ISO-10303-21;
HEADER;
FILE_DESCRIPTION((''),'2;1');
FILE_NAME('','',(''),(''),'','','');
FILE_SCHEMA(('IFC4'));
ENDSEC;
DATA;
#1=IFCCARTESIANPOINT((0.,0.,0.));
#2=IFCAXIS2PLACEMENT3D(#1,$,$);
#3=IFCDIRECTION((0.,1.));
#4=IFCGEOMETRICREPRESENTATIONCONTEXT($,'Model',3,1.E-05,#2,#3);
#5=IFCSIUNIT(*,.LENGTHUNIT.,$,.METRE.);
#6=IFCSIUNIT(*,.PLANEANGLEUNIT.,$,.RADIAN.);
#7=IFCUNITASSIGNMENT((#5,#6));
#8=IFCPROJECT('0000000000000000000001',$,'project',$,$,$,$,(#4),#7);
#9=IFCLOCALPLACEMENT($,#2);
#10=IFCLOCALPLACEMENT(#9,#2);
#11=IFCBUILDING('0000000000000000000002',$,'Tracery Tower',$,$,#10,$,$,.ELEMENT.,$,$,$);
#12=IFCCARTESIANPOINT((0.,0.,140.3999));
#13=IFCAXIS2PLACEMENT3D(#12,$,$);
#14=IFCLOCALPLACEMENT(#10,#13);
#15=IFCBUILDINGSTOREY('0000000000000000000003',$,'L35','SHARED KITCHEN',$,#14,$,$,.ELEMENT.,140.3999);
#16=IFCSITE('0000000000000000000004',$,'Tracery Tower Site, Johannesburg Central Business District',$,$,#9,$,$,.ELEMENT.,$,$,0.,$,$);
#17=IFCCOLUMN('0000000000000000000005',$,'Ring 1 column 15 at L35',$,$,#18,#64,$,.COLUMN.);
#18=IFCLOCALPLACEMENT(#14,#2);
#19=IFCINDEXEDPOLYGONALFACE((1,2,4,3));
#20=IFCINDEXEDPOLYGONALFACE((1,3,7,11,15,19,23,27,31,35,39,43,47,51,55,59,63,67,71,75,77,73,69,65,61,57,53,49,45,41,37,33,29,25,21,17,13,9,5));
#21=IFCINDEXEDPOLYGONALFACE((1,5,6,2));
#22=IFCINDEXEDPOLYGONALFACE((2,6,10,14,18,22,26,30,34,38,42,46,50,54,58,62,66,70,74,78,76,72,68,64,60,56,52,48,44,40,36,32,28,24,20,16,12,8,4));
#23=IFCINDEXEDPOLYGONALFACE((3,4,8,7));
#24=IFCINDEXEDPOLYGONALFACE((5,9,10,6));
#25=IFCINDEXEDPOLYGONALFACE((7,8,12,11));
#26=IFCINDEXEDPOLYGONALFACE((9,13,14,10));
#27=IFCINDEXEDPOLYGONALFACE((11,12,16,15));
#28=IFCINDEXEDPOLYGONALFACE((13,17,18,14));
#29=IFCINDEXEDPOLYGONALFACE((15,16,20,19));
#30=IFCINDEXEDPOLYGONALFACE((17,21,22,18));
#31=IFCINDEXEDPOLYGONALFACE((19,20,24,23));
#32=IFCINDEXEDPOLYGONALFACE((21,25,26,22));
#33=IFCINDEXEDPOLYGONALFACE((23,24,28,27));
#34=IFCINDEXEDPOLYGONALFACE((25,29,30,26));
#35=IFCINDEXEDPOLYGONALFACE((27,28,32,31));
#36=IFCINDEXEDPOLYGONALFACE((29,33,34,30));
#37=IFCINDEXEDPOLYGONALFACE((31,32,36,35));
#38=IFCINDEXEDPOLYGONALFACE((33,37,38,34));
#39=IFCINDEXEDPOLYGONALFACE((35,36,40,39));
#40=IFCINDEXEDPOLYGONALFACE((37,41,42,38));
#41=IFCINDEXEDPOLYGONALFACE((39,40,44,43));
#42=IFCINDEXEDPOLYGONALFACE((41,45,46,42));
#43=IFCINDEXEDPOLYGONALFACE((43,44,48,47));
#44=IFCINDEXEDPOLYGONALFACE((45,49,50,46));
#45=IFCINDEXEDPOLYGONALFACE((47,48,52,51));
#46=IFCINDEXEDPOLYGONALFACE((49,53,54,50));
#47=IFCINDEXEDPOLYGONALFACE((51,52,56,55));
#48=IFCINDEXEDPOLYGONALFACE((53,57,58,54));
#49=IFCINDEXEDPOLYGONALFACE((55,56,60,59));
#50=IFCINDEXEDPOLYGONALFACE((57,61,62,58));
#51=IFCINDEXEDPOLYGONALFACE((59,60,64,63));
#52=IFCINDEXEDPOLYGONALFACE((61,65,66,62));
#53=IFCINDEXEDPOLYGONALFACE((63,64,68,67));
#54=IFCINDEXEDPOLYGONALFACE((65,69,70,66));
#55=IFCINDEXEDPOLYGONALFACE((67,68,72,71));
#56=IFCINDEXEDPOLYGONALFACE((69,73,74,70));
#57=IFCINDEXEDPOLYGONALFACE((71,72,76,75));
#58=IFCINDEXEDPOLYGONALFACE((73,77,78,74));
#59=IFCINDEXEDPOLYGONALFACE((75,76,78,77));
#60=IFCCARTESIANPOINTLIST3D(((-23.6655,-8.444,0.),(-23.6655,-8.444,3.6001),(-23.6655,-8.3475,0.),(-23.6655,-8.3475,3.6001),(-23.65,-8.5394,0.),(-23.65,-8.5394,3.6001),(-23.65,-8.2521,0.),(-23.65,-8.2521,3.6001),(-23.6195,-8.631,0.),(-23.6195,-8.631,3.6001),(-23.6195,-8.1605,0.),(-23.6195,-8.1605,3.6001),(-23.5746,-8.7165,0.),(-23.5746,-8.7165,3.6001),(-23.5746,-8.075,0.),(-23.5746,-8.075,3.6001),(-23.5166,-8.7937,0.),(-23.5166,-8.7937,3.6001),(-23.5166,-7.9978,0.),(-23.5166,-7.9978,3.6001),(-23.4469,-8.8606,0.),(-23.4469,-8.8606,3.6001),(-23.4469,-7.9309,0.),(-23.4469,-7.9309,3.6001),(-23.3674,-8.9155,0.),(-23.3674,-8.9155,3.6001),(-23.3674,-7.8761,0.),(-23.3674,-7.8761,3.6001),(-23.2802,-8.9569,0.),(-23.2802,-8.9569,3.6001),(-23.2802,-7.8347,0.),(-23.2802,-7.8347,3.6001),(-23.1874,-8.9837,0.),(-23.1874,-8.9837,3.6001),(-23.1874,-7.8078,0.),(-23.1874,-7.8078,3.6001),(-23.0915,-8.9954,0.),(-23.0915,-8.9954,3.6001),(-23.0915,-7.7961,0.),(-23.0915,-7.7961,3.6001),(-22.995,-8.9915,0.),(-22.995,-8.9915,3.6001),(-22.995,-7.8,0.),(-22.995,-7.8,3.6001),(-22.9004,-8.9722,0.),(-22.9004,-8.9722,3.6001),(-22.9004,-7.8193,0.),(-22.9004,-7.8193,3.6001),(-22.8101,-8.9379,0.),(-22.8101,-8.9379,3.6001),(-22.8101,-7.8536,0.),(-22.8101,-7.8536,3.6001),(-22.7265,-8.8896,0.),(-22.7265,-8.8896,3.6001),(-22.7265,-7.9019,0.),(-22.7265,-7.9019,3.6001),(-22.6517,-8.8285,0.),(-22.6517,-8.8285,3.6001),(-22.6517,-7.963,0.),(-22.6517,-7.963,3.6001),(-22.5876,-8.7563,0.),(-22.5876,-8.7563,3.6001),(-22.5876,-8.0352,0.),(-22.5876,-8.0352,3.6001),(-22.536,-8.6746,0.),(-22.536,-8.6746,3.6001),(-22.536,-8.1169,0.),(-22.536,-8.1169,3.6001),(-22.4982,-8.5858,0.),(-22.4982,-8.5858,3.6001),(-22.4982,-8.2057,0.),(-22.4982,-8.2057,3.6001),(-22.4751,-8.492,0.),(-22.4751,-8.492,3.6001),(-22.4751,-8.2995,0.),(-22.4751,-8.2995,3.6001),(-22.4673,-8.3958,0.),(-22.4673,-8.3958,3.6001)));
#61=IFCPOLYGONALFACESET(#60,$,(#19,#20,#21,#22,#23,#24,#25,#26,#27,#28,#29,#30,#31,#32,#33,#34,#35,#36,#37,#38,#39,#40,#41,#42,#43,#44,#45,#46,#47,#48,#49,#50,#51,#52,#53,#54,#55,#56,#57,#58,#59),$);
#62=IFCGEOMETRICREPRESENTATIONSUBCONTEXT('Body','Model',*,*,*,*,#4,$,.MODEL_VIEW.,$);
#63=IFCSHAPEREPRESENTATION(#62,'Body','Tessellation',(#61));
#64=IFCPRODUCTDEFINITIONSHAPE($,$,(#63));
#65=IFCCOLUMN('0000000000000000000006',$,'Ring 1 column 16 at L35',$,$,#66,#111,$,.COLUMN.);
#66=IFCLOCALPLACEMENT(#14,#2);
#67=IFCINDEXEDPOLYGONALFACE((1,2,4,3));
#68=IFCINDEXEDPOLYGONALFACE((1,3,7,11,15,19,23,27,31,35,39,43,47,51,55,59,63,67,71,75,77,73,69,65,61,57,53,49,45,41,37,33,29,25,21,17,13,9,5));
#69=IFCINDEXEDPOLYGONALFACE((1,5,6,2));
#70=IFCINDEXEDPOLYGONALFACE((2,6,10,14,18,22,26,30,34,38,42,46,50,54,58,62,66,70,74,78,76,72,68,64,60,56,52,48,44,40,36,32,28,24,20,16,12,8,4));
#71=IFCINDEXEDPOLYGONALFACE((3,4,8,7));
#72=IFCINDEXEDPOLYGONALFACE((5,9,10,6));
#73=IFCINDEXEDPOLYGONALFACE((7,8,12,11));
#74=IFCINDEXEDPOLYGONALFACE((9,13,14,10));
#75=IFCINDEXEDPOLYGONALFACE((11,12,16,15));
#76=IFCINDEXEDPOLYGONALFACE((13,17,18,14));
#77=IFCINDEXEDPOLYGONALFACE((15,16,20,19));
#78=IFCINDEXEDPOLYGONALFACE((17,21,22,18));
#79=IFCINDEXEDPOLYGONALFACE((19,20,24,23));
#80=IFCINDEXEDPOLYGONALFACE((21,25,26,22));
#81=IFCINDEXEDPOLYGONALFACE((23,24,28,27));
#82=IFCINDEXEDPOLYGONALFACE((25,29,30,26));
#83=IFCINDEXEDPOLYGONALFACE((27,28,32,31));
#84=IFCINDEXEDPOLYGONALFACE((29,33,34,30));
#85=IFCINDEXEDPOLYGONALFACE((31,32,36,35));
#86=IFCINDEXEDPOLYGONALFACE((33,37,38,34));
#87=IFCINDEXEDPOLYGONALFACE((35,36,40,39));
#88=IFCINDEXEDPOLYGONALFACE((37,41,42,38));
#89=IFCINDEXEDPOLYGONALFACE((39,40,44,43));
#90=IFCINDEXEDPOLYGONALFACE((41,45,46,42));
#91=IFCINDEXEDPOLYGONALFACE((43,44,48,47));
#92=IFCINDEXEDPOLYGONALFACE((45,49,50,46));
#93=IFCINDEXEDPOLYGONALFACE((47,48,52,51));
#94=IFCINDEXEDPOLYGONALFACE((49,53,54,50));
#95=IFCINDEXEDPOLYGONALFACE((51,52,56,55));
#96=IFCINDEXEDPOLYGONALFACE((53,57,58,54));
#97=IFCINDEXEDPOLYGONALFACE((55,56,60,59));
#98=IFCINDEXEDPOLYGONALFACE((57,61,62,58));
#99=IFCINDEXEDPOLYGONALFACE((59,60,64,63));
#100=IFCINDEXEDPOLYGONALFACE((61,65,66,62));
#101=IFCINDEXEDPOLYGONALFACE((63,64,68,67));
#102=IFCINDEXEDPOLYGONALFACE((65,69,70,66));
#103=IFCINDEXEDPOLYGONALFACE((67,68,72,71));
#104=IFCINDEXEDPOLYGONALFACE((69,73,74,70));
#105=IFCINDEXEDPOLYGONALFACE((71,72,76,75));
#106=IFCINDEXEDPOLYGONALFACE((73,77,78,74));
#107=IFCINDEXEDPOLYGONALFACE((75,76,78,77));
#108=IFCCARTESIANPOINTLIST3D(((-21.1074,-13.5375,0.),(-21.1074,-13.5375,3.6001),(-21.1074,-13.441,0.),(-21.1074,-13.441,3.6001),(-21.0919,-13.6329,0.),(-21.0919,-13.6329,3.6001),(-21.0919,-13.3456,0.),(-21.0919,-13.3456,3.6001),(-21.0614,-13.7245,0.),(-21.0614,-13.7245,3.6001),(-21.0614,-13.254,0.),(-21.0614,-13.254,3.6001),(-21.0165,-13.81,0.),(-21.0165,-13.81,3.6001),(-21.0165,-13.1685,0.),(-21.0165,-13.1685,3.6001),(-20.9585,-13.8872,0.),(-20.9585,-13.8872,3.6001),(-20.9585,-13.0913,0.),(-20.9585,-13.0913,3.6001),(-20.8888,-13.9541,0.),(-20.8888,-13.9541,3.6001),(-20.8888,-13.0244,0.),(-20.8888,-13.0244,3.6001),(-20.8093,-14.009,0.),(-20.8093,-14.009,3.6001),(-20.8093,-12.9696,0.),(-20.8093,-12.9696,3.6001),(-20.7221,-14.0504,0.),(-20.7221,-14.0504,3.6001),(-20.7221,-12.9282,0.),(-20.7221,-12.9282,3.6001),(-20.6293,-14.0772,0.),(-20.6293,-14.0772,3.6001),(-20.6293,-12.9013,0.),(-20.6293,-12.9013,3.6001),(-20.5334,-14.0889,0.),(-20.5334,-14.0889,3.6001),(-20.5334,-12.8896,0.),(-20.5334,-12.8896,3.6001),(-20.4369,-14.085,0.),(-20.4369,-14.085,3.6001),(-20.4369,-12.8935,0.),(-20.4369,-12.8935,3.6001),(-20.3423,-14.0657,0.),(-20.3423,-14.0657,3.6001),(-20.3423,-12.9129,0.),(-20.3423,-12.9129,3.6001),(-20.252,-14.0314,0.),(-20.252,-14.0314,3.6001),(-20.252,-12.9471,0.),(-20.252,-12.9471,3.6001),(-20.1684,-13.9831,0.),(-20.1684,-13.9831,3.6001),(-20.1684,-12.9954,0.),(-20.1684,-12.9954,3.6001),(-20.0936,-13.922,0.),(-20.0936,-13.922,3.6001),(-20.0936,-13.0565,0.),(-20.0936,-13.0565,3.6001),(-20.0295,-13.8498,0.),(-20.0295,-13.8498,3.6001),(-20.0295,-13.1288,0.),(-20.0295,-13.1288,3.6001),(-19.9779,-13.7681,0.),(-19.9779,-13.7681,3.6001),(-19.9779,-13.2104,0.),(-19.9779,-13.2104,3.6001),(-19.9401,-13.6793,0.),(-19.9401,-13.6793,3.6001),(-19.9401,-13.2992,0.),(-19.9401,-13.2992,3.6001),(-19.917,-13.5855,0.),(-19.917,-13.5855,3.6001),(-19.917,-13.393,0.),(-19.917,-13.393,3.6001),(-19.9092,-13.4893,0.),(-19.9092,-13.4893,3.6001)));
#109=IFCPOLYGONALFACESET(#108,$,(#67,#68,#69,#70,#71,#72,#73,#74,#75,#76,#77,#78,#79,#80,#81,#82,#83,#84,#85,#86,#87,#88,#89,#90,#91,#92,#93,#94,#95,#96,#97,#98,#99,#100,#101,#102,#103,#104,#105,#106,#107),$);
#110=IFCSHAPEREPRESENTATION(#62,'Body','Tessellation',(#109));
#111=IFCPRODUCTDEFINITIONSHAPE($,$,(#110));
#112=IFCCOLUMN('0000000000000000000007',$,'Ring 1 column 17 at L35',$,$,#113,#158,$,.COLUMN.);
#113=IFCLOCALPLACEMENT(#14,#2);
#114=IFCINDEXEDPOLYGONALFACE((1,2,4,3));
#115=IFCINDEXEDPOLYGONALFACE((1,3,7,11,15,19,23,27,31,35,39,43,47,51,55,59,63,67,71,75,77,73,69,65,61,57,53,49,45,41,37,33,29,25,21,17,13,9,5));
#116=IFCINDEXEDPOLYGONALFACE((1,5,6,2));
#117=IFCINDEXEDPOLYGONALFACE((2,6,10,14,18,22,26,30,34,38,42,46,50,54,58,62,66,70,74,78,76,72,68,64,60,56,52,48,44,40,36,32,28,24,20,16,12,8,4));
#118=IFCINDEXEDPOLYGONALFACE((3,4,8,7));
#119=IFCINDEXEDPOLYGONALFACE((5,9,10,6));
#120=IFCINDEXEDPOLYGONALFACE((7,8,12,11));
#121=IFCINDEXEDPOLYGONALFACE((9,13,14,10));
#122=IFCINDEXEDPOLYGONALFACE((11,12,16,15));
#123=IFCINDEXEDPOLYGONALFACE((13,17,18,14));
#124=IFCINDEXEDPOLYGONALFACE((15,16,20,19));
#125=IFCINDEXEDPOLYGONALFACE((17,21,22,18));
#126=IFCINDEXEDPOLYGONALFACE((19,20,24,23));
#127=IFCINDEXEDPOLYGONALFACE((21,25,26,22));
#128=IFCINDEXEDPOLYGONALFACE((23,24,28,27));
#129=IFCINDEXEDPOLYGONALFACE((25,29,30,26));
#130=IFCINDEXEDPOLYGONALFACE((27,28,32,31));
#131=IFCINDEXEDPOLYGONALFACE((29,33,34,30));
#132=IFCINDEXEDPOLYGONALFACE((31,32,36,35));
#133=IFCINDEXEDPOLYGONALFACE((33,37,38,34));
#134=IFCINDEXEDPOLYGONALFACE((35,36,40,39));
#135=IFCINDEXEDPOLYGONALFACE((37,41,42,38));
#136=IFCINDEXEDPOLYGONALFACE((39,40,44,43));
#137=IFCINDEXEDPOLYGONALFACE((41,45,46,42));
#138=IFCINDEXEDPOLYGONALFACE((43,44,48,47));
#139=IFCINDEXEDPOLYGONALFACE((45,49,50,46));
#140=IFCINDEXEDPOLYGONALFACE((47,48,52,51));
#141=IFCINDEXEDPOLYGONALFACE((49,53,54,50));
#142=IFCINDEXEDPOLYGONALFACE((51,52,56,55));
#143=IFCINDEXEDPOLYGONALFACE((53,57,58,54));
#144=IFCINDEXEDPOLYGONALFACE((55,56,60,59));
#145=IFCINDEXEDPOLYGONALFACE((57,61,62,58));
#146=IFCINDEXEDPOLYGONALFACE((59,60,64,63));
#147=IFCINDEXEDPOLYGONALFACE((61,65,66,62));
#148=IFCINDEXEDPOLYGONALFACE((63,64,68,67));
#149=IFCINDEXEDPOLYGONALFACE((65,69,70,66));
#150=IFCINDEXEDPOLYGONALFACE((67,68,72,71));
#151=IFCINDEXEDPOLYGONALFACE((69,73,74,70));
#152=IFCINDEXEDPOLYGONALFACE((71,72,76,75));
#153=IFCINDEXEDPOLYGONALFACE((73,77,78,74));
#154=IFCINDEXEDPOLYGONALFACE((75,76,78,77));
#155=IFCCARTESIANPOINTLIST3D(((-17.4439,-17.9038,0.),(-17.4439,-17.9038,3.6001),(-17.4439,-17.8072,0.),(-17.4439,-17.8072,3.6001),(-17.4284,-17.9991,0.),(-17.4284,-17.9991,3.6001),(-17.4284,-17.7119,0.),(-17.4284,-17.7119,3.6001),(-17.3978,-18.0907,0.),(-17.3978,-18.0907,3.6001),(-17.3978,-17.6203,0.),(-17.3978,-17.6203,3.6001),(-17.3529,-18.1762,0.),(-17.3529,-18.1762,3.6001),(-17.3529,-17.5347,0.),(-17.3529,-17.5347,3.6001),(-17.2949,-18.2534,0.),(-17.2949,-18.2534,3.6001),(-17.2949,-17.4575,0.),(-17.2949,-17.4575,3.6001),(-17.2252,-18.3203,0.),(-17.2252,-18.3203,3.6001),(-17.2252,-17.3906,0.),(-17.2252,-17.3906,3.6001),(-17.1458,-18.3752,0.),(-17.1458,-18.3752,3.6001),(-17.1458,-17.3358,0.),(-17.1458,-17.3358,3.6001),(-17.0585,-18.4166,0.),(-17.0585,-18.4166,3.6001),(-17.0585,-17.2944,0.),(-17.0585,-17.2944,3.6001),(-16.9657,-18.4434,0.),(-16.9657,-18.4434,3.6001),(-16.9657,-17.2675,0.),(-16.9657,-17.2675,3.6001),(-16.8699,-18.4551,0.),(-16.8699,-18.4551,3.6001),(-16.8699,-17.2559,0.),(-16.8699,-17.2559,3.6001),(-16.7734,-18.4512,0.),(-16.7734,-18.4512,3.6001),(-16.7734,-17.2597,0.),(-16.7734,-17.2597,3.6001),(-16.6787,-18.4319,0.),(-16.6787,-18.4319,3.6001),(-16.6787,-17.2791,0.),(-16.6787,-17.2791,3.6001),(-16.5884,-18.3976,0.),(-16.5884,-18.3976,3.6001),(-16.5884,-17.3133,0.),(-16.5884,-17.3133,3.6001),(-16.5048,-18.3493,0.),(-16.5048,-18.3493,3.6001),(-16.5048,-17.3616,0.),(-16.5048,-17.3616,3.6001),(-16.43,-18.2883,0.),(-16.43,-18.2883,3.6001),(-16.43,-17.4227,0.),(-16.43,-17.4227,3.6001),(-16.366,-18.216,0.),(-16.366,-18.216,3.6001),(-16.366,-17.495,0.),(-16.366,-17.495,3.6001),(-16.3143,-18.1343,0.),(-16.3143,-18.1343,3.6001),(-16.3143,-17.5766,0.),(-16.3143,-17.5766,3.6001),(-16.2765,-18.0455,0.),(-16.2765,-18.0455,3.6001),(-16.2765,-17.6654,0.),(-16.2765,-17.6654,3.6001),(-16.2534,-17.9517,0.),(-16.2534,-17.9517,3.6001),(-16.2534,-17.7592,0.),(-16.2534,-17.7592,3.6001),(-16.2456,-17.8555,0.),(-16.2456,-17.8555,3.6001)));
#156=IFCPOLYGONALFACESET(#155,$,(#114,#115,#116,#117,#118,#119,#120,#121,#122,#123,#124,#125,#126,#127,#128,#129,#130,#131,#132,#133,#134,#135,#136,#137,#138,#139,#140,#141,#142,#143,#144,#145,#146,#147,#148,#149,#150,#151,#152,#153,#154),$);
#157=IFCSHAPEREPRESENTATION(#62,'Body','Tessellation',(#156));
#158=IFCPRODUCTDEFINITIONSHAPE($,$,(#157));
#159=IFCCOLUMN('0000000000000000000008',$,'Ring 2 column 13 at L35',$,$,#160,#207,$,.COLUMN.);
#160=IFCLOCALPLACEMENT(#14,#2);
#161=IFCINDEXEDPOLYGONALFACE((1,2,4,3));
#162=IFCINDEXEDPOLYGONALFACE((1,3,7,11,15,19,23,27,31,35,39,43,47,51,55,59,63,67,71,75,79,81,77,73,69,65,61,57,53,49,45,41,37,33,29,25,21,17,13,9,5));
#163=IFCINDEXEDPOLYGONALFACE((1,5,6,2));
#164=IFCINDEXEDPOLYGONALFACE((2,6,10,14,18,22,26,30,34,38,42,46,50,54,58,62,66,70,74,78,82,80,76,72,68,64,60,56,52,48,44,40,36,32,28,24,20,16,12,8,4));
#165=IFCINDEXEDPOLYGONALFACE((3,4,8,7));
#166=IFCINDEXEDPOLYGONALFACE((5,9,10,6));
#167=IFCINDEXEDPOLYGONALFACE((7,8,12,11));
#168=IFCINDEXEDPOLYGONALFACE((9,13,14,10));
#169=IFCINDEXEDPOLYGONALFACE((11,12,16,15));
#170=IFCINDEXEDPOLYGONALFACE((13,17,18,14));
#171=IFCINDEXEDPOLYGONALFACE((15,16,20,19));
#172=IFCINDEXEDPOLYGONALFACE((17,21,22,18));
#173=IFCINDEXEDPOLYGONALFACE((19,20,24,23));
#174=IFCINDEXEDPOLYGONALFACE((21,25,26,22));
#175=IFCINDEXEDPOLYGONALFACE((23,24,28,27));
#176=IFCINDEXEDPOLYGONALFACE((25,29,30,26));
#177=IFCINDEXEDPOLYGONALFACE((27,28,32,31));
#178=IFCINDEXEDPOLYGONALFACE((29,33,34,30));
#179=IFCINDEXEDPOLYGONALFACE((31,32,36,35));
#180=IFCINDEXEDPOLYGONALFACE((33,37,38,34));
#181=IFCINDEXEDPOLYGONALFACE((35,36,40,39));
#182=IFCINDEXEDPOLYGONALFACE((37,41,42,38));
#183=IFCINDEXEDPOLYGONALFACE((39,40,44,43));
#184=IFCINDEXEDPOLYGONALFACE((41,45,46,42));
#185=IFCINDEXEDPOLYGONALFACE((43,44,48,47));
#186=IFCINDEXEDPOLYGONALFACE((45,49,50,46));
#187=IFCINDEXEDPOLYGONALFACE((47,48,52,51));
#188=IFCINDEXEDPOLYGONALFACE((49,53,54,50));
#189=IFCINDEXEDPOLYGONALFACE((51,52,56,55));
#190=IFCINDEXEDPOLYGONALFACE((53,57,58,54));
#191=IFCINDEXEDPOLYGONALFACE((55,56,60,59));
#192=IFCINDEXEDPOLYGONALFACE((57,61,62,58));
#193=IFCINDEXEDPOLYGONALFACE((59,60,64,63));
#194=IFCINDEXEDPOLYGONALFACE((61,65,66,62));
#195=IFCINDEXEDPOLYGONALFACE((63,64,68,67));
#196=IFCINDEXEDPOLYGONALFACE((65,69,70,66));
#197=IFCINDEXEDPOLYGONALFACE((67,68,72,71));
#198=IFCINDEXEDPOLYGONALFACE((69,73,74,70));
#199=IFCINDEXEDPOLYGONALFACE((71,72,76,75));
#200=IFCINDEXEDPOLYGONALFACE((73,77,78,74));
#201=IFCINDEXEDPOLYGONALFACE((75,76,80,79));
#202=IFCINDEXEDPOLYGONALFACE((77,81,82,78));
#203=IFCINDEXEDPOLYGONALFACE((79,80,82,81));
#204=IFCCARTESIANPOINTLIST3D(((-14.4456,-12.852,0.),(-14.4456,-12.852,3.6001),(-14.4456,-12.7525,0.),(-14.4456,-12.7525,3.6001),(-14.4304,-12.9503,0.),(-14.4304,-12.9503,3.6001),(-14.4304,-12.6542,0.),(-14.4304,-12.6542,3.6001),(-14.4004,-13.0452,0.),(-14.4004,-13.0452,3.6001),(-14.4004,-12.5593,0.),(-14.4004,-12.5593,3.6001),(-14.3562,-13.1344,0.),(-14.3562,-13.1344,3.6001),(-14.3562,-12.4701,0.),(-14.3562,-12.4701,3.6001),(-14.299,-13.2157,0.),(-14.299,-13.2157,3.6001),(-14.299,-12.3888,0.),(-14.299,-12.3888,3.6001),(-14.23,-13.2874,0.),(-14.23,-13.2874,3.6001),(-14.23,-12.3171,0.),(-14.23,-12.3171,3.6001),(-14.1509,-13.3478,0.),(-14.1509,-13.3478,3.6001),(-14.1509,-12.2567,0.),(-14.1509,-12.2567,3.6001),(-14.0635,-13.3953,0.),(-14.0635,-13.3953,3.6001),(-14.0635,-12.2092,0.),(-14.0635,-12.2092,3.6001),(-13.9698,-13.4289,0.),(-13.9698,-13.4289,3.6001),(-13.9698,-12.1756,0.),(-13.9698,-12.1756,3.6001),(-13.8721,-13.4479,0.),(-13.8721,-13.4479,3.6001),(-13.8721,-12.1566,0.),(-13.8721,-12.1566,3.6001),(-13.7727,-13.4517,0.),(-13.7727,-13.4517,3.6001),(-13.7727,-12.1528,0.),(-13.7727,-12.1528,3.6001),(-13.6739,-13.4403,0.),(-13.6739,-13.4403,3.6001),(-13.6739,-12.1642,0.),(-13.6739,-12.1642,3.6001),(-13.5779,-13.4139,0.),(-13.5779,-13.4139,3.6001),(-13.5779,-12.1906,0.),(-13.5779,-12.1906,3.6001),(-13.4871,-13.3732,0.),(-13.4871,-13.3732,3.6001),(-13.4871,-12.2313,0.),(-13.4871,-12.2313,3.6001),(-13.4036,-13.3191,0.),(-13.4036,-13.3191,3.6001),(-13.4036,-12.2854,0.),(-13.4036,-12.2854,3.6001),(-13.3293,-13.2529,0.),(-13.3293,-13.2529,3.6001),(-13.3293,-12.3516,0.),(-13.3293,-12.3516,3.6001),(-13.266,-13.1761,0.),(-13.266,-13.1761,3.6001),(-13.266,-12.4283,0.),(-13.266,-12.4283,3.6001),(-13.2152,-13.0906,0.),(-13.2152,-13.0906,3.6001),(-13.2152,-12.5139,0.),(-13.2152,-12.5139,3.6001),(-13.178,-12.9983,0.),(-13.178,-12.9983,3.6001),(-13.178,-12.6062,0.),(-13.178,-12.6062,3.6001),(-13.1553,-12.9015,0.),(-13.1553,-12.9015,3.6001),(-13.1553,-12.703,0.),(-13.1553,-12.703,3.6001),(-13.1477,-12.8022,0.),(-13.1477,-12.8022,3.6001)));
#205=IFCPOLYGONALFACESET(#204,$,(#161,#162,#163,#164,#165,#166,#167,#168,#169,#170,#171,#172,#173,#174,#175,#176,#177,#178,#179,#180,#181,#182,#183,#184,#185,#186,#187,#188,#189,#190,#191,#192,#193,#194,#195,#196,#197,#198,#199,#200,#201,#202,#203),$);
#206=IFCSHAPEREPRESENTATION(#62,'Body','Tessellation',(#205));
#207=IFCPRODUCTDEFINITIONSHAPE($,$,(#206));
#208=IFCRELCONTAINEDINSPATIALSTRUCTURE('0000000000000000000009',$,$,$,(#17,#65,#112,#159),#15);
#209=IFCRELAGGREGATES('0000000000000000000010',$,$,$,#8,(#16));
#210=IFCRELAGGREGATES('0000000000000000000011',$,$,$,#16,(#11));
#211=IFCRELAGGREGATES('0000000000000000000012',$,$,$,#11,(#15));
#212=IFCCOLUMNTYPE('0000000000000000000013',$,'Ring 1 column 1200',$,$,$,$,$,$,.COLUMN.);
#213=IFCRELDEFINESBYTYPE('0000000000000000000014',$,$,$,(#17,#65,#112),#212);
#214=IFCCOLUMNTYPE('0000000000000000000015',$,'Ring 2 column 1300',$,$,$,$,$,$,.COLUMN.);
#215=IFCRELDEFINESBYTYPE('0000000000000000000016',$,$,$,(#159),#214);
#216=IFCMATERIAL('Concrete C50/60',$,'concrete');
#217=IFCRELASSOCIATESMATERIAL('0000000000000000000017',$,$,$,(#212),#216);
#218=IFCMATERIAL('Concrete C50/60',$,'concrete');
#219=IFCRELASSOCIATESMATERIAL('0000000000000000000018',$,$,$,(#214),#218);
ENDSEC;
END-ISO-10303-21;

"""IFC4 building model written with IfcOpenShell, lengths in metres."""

from ifc_helpers import new_model, si_unit, direction, frame, origin, origin_2d, place, context, subcontext, project, spatial, circle, extrude, material, material_profile, profile_set, type_object, element, save


model = new_model("IFC4")

# Units and contexts
model_context = context("Model", 3, precision=1e-05, world=origin(), true_north=direction((0.0, 1.0)))
body_context = subcontext(model_context, "Body", "Model", "MODEL_VIEW")
ifc_project = project(units=[si_unit("LENGTHUNIT", "METRE"), si_unit("PLANEANGLEUNIT", "RADIAN")], contexts=[model_context])

# Site, building, storey
site_placement = place(None, origin())
site = spatial("IfcSite", under=ifc_project, at=site_placement, Name="Tracery Tower Site, Johannesburg Central Business District", CompositionType="ELEMENT", RefElevation=0.0)
building_placement = place(site_placement, origin())
building = spatial("IfcBuilding", under=site, at=building_placement, Name="Tracery Tower", CompositionType="ELEMENT")
storey_placement = place(building_placement, frame((0.0, 0.0, 140.3999)))
storey = spatial("IfcBuildingStorey", under=building, at=storey_placement, Name="L35", Description="SHARED KITCHEN", CompositionType="ELEMENT", Elevation=140.3999)

# Columns
ifc_material_1 = material(Name="Concrete C50/60", Category="concrete")
ifc_material_profile_1 = material_profile(ifc_material_1, circle(Radius=0.6001, at=origin_2d()), Name="RC D1200")
ifc_profile_set_1 = profile_set([ifc_material_profile_1], Name="Concrete C50/60")
column_type_1 = type_object("IfcColumnType", Name="Ring 1 column 1200", PredefinedType="COLUMN", material=ifc_profile_set_1)
for number, where, z_axis, x_axis, name in (
    (1, (-23.0674, -8.3958, 0.0), (0.0, 0.0, 1.0), (1.0, 0.0, 0.0), "Ring 1 column 15 at L35"),
    (2, (-20.5093, -13.4893, 0.0), (0.0, 0.0, 1.0), (1.0, 0.0, 0.0), "Ring 1 column 16 at L35"),
    (3, (-16.8457, -17.8555, 0.0), (0.0, 0.0, 1.0), (1.0, 0.0, 0.0), "Ring 1 column 17 at L35"),
):
    element("IfcColumn", number, at=place(storey_placement, frame(where, z_axis=z_axis, x_axis=x_axis)), inside=storey, type_object=column_type_1, Name=name, PredefinedType="COLUMN", context=body_context, shape_type="SweptSolid", body=[
        extrude(circle(Radius=0.6001, at=origin_2d()), origin(), (0.0, 0.0, 1.0), 3.6001),
    ])
ifc_material_2 = material(Name="Concrete C50/60", Category="concrete")
ifc_material_profile_2 = material_profile(ifc_material_2, circle(Radius=0.6499, at=origin_2d()), Name="RC D1300")
ifc_profile_set_2 = profile_set([ifc_material_profile_2], Name="Concrete C50/60")
column_type_2 = type_object("IfcColumnType", Name="Ring 2 column 1300", PredefinedType="COLUMN", material=ifc_profile_set_2)
column_placement = place(storey_placement, frame((-13.7976, -12.8022, 0.0), z_axis=(0.0, 0.0, 1.0), x_axis=(1.0, 0.0, 0.0)))
element("IfcColumn", 4, at=column_placement, inside=storey, type_object=column_type_2, Name="Ring 2 column 13 at L35", PredefinedType="COLUMN", context=body_context, shape_type="SweptSolid", body=[
    extrude(circle(Radius=0.6499, at=origin_2d()), origin(), (0.0, 0.0, 1.0), 3.6001),
])

save(model, "model.ifc")
